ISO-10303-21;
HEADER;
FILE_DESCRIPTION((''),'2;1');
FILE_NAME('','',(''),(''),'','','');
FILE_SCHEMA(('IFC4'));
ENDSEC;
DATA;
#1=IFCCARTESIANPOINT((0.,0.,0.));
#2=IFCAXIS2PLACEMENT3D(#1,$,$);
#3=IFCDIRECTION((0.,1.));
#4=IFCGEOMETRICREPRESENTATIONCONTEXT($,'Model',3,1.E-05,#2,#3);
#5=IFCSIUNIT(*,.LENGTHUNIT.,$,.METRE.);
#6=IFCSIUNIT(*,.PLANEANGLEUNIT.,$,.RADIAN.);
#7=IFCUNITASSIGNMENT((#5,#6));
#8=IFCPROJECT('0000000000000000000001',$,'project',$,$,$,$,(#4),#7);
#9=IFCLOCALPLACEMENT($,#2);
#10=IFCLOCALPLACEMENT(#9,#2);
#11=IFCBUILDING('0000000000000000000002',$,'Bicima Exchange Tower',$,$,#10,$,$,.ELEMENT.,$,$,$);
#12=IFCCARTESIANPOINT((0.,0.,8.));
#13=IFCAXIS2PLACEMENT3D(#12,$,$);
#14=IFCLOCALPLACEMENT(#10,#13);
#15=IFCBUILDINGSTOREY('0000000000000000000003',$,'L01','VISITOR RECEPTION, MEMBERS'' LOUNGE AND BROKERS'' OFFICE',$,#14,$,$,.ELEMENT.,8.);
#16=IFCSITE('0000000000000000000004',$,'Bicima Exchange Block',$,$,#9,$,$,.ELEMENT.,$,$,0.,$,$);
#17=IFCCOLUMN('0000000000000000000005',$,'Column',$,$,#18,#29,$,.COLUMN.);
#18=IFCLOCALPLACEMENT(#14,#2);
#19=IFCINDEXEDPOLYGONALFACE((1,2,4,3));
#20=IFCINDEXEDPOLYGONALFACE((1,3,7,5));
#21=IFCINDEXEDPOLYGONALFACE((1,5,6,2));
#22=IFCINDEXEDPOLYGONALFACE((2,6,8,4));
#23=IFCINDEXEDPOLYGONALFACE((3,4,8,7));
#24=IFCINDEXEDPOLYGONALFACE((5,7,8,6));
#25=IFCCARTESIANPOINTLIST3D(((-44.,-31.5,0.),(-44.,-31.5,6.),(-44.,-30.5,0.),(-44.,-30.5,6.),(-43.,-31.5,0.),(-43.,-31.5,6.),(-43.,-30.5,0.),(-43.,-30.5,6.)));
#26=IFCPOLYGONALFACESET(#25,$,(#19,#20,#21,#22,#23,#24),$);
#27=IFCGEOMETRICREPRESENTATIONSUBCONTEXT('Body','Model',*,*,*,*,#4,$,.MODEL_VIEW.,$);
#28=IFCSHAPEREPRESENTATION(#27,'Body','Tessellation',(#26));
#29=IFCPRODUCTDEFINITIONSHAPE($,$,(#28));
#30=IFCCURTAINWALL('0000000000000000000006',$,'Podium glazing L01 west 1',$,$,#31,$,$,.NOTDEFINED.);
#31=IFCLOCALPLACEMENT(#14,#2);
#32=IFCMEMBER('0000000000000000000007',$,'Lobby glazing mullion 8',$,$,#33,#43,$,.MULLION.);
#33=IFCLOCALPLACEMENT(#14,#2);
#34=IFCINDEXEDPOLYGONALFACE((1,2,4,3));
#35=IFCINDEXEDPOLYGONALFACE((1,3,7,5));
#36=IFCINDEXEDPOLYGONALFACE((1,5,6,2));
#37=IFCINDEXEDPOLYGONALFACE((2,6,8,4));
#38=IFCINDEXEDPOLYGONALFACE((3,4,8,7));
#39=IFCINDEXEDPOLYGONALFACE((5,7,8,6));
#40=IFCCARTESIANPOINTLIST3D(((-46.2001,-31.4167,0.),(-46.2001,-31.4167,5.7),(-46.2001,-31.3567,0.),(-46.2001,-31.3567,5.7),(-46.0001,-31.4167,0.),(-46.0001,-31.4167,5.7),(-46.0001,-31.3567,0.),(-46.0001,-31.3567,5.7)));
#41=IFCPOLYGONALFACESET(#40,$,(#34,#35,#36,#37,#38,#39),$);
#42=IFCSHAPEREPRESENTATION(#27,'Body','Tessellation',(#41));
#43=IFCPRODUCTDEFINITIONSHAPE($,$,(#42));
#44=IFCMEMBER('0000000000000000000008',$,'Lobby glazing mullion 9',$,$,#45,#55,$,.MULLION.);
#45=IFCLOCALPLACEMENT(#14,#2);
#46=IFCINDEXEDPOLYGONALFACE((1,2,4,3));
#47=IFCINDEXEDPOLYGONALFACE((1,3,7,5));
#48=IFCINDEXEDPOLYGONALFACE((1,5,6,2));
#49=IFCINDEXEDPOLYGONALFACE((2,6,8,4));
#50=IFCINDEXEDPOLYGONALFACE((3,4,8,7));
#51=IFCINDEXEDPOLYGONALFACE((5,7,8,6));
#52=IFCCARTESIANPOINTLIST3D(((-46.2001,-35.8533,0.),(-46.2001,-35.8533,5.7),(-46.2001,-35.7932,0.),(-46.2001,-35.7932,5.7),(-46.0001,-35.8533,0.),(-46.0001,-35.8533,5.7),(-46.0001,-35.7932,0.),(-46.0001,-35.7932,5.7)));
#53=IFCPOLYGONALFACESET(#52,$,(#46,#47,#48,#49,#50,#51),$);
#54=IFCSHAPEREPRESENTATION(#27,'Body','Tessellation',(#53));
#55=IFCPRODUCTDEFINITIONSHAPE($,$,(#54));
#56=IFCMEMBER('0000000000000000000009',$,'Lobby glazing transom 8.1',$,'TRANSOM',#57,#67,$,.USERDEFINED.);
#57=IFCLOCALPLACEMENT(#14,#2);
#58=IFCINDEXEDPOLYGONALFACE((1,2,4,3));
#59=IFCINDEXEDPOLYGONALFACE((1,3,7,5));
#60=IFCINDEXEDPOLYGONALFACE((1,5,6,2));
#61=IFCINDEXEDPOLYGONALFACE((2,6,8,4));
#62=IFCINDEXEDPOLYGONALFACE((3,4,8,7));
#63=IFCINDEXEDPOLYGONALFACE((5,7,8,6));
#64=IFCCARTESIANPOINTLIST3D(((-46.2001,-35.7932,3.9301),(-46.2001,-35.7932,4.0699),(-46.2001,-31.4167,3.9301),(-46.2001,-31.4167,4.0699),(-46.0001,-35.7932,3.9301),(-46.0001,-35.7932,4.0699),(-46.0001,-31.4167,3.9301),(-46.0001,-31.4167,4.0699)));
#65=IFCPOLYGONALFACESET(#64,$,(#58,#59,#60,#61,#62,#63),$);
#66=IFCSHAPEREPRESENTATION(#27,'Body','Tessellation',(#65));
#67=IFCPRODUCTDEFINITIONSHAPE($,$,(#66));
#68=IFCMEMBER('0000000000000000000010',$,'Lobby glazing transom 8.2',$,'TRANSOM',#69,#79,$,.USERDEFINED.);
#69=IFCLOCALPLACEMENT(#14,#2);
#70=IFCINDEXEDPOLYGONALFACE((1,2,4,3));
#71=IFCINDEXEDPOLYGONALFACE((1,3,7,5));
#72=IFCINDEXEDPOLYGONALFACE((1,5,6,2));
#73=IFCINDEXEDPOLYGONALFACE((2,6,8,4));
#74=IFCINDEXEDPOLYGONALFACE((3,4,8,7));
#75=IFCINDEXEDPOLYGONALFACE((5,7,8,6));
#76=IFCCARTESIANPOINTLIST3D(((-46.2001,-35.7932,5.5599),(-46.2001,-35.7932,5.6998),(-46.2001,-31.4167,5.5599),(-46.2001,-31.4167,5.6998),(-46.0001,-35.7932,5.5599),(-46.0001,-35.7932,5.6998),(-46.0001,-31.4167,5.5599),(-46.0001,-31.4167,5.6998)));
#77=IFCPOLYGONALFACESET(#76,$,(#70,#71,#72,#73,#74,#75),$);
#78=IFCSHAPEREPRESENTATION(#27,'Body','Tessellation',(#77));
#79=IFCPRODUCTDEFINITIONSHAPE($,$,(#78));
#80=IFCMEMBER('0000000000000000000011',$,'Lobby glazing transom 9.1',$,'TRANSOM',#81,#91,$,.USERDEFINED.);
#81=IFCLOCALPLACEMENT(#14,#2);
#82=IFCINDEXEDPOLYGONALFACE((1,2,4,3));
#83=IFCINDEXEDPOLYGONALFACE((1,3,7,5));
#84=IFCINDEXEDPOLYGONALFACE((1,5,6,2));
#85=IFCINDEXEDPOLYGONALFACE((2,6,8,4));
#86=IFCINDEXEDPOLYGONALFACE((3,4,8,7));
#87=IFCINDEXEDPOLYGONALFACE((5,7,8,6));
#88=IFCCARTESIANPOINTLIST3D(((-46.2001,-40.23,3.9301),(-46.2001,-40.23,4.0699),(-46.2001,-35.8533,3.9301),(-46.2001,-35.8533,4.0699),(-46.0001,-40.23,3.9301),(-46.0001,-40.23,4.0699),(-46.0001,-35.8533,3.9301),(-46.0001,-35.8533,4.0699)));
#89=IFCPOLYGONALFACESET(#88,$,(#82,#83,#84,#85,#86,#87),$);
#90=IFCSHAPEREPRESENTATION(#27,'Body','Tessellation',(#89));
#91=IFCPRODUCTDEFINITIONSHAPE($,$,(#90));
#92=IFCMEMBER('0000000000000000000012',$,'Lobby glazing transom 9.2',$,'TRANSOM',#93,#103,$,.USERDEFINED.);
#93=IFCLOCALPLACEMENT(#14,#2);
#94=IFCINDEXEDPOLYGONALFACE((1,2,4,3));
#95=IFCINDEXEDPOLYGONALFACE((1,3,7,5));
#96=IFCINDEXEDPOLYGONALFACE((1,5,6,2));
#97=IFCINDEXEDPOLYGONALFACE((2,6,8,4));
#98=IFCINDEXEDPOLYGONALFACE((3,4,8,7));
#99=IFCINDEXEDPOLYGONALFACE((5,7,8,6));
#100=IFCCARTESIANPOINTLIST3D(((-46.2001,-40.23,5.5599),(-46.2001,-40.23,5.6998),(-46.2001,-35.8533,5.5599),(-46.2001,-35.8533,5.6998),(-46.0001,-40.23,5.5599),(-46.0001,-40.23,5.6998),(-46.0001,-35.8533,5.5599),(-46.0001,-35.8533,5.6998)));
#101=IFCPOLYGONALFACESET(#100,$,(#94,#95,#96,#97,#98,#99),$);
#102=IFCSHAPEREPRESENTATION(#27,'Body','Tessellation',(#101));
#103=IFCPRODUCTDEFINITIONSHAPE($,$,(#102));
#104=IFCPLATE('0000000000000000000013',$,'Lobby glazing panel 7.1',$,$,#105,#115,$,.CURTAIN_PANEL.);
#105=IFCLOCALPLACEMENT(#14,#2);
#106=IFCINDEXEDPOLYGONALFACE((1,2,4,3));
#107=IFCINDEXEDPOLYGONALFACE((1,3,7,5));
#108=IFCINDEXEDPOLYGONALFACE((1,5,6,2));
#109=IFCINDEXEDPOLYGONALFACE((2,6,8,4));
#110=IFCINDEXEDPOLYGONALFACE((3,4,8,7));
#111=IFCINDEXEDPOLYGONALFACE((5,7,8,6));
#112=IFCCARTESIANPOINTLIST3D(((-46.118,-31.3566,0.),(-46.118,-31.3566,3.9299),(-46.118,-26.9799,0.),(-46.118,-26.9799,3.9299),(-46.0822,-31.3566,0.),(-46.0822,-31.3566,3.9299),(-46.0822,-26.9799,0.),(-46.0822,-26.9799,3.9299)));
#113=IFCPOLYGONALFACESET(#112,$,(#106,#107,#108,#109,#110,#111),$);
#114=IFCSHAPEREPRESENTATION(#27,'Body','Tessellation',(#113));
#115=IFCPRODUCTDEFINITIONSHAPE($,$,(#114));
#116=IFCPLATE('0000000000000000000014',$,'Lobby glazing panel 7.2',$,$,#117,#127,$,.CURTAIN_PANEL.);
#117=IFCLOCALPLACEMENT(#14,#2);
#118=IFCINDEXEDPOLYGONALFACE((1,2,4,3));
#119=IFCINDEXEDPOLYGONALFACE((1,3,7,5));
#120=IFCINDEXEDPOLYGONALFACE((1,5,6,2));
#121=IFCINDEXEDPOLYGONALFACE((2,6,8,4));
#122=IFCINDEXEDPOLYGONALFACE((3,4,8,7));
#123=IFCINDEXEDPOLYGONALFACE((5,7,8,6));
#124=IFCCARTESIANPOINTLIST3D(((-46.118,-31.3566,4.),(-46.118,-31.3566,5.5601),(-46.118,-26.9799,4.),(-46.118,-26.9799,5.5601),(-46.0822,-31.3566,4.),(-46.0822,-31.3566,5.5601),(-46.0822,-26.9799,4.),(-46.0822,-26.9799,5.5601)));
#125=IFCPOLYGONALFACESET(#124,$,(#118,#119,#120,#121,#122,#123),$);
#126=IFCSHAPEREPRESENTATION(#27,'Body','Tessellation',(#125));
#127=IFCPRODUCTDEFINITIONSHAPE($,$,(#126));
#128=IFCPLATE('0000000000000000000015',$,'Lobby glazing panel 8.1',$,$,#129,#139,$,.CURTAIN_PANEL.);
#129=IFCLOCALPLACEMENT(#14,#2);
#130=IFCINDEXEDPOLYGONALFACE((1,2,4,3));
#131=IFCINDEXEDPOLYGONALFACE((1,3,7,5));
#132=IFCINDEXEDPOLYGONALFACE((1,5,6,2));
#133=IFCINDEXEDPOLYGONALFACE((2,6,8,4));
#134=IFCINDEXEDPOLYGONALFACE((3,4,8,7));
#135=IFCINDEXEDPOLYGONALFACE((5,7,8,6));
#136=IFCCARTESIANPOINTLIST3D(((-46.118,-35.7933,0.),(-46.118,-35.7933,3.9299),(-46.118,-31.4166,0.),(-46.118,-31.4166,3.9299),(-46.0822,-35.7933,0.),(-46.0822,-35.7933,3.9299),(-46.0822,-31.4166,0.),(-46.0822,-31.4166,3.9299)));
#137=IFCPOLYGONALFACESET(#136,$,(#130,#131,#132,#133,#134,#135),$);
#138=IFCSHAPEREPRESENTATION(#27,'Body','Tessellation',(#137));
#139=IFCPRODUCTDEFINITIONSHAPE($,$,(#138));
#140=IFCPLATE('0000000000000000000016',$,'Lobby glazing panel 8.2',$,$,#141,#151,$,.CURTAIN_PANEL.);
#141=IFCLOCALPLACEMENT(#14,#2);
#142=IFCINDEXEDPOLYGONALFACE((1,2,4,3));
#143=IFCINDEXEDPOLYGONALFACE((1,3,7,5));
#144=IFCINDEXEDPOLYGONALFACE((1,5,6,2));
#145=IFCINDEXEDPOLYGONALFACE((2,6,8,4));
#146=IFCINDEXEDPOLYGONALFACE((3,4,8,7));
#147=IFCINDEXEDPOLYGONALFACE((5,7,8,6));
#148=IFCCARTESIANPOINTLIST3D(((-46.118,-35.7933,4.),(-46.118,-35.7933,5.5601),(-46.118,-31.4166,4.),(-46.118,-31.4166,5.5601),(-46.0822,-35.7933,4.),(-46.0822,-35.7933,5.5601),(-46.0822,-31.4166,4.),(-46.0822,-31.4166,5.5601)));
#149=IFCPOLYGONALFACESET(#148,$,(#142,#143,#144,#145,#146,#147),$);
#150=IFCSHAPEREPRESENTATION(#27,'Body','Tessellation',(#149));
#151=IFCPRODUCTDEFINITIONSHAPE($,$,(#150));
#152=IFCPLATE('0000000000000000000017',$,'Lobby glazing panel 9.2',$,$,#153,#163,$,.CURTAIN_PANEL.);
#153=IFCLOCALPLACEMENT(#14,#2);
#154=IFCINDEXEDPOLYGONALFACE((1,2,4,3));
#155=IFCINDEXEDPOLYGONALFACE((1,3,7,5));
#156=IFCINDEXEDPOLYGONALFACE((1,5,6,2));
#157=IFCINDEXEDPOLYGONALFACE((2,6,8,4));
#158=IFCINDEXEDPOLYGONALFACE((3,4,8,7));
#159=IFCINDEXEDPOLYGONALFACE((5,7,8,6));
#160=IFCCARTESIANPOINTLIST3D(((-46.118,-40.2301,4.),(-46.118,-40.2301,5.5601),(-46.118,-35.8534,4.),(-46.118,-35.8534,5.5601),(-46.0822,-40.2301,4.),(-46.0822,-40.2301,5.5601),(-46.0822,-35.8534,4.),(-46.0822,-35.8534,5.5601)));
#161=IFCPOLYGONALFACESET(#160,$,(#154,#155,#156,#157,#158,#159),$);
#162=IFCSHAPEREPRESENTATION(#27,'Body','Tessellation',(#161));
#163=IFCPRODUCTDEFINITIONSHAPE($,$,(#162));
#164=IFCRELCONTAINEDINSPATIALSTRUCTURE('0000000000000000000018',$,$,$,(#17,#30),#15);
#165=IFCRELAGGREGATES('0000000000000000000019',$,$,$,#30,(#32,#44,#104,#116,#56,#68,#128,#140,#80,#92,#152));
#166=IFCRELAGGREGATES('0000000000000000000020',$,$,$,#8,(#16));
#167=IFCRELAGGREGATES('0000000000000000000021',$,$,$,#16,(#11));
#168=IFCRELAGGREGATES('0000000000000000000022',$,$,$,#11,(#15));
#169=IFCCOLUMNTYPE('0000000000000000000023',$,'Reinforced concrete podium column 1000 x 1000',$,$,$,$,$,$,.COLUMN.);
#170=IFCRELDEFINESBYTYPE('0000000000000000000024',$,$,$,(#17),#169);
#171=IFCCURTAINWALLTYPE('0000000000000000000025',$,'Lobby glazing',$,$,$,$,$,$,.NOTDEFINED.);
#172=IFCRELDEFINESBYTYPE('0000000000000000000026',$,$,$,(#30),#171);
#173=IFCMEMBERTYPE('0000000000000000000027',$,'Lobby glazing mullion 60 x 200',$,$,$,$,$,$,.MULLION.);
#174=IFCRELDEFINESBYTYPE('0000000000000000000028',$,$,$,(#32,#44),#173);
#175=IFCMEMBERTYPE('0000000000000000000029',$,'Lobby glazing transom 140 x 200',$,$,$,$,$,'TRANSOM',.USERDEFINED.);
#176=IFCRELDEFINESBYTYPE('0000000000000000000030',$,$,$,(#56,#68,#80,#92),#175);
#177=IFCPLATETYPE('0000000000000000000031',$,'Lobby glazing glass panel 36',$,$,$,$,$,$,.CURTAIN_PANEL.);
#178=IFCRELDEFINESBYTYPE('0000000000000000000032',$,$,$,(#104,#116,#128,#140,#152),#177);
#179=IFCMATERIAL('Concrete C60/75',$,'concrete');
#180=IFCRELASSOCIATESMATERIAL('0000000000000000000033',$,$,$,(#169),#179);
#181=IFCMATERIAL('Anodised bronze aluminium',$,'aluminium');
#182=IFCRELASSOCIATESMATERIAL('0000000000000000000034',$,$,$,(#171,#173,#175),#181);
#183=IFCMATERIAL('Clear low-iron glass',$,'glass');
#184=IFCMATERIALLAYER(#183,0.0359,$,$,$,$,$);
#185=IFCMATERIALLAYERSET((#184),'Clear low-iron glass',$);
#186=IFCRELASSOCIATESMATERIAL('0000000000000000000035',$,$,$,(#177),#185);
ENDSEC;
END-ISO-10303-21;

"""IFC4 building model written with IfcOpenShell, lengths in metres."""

from ifc_helpers import new_model, si_unit, direction, frame, origin, origin_2d, place, context, subcontext, project, spatial, rectangle, extrude, material, layer, layer_set, material_profile, profile_set, type_object, element, aggregate, save


model = new_model("IFC4")

# Units and contexts
model_context = context("Model", 3, precision=1e-05, world=origin(), true_north=direction((0.0, 1.0)))
body_context = subcontext(model_context, "Body", "Model", "MODEL_VIEW")
ifc_project = project(units=[si_unit("LENGTHUNIT", "METRE"), si_unit("PLANEANGLEUNIT", "RADIAN")], contexts=[model_context])

# Site, building, storey
site_placement = place(None, origin())
site = spatial("IfcSite", under=ifc_project, at=site_placement, Name="Bicima Exchange Block", CompositionType="ELEMENT", RefElevation=0.0)
building_placement = place(site_placement, origin())
building = spatial("IfcBuilding", under=site, at=building_placement, Name="Bicima Exchange Tower", CompositionType="ELEMENT")
storey_placement = place(building_placement, frame((0.0, 0.0, 8.0)))
storey = spatial("IfcBuildingStorey", under=building, at=storey_placement, Name="L01", Description="VISITOR RECEPTION, MEMBERS' LOUNGE AND BROKERS' OFFICE", CompositionType="ELEMENT", Elevation=8.0)

# Column
ifc_material_1 = material(Name="Concrete C60/75", Category="concrete")
ifc_material_profile_1 = material_profile(ifc_material_1, rectangle(XDim=1.0, YDim=1.0, at=origin_2d()))
ifc_profile_set_1 = profile_set([ifc_material_profile_1], Name="Concrete C60/75")
column_type = type_object("IfcColumnType", Name="Reinforced concrete podium column 1000 x 1000", PredefinedType="COLUMN", material=ifc_profile_set_1)
column_placement = place(storey_placement, frame((-43.5, -31.0, 0.0), z_axis=(0.0, 0.0, 1.0), x_axis=(1.0, 0.0, 0.0)))
element("IfcColumn", 1, at=column_placement, inside=storey, type_object=column_type, Name="Column", PredefinedType="COLUMN", context=body_context, shape_type="SweptSolid", body=[
    extrude(rectangle(XDim=1.0, YDim=1.0, at=origin_2d()), origin(), (0.0, 0.0, 1.0), 6.0),
])

# Curtain wall, members, plates
ifc_material_2 = material(Name="Anodised bronze aluminium", Category="aluminium")
curtain_wall_type = type_object("IfcCurtainWallType", Name="Lobby glazing", PredefinedType="NOTDEFINED", material=ifc_material_2)
curtain_wall_placement = place(storey_placement, origin())
curtain_wall = element("IfcCurtainWall", 2, at=curtain_wall_placement, inside=storey, type_object=curtain_wall_type, Name="Podium glazing L01 west 1", PredefinedType="NOTDEFINED")
ifc_material_profile_2 = material_profile(ifc_material_2, rectangle(XDim=0.2, YDim=0.0601, at=origin_2d()))
ifc_profile_set_2 = profile_set([ifc_material_profile_2], Name="Anodised bronze aluminium")
member_type_1 = type_object("IfcMemberType", Name="Lobby glazing mullion 60 x 200", PredefinedType="MULLION", material=ifc_profile_set_2)
member_1_placement = place(storey_placement, frame((-46.1001, -31.3867, 0.0), z_axis=(0.0, 0.0, 1.0), x_axis=(1.0, 0.0, 0.0)))
member_1 = element("IfcMember", 3, at=member_1_placement, type_object=member_type_1, Name="Lobby glazing mullion 8", PredefinedType="MULLION", context=body_context, shape_type="SweptSolid", body=[
    extrude(rectangle(XDim=0.2, YDim=0.0601, at=origin_2d()), origin(), (0.0, 0.0, 1.0), 5.7),
])
member_2_placement = place(storey_placement, frame((-46.1001, -35.8232, 0.0), z_axis=(0.0, 0.0, 1.0), x_axis=(1.0, 0.0, 0.0)))
member_2 = element("IfcMember", 4, at=member_2_placement, type_object=member_type_1, Name="Lobby glazing mullion 9", PredefinedType="MULLION", context=body_context, shape_type="SweptSolid", body=[
    extrude(rectangle(XDim=0.2, YDim=0.0601, at=origin_2d()), origin(), (0.0, 0.0, 1.0), 5.7),
])
ifc_material_profile_3 = material_profile(ifc_material_2, rectangle(XDim=0.2, YDim=0.1399, at=origin_2d()))
ifc_profile_set_3 = profile_set([ifc_material_profile_3], Name="Anodised bronze aluminium")
member_type_2 = type_object("IfcMemberType", Name="Lobby glazing transom 140 x 200", ElementType="TRANSOM", PredefinedType="USERDEFINED", material=ifc_profile_set_3)
member_3_placement = place(storey_placement, frame((-46.1001, -31.4167, 4.0), z_axis=(0.0, -1.0, 0.0), x_axis=(1.0, 0.0, 0.0)))
member_3 = element("IfcMember", 5, at=member_3_placement, type_object=member_type_2, Name="Lobby glazing transom 8.1", ObjectType="TRANSOM", PredefinedType="USERDEFINED", context=body_context, shape_type="SweptSolid", body=[
    extrude(rectangle(XDim=0.2, YDim=0.1399, at=origin_2d()), origin(), (0.0, 0.0, 1.0), 4.3765),
])
member_4_placement = place(storey_placement, frame((-46.1001, -31.4167, 5.6299), z_axis=(0.0, -1.0, 0.0), x_axis=(1.0, 0.0, 0.0)))
member_4 = element("IfcMember", 6, at=member_4_placement, type_object=member_type_2, Name="Lobby glazing transom 8.2", ObjectType="TRANSOM", PredefinedType="USERDEFINED", context=body_context, shape_type="SweptSolid", body=[
    extrude(rectangle(XDim=0.2, YDim=0.1399, at=origin_2d()), origin(), (0.0, 0.0, 1.0), 4.3765),
])
member_5_placement = place(storey_placement, frame((-46.1001, -35.8533, 4.0), z_axis=(0.0, -1.0, 0.0), x_axis=(1.0, 0.0, 0.0)))
member_5 = element("IfcMember", 7, at=member_5_placement, type_object=member_type_2, Name="Lobby glazing transom 9.1", ObjectType="TRANSOM", PredefinedType="USERDEFINED", context=body_context, shape_type="SweptSolid", body=[
    extrude(rectangle(XDim=0.2, YDim=0.1399, at=origin_2d()), origin(), (0.0, 0.0, 1.0), 4.3767),
])
member_6_placement = place(storey_placement, frame((-46.1001, -35.8533, 5.6299), z_axis=(0.0, -1.0, 0.0), x_axis=(1.0, 0.0, 0.0)))
member_6 = element("IfcMember", 8, at=member_6_placement, type_object=member_type_2, Name="Lobby glazing transom 9.2", ObjectType="TRANSOM", PredefinedType="USERDEFINED", context=body_context, shape_type="SweptSolid", body=[
    extrude(rectangle(XDim=0.2, YDim=0.1399, at=origin_2d()), origin(), (0.0, 0.0, 1.0), 4.3767),
])
ifc_material_3 = material(Name="Clear low-iron glass", Category="glass")
ifc_layer_1 = layer(ifc_material_3, 0.0359)
ifc_layer_set_1 = layer_set([ifc_layer_1], Name="Clear low-iron glass")
plate_type = type_object("IfcPlateType", Name="Lobby glazing glass panel 36", PredefinedType="CURTAIN_PANEL", material=ifc_layer_set_1)
plate_1_placement = place(storey_placement, frame((-46.1001, -29.1682, 0.0), z_axis=(0.0, 0.0, 1.0), x_axis=(0.0, -1.0, 0.0)))
plate_1 = element("IfcPlate", 9, at=plate_1_placement, type_object=plate_type, Name="Lobby glazing panel 7.1", PredefinedType="CURTAIN_PANEL", context=body_context, shape_type="SweptSolid", body=[
    extrude(rectangle(XDim=4.3767, YDim=0.0359, at=origin_2d()), origin(), (0.0, 0.0, 1.0), 3.9299),
])
plate_2_placement = place(storey_placement, frame((-46.1001, -29.1682, 4.0), z_axis=(0.0, 0.0, 1.0), x_axis=(0.0, -1.0, 0.0)))
plate_2 = element("IfcPlate", 10, at=plate_2_placement, type_object=plate_type, Name="Lobby glazing panel 7.2", PredefinedType="CURTAIN_PANEL", context=body_context, shape_type="SweptSolid", body=[
    extrude(rectangle(XDim=4.3767, YDim=0.0359, at=origin_2d()), origin(), (0.0, 0.0, 1.0), 1.5601),
])
plate_3_placement = place(storey_placement, frame((-46.1001, -33.605, 0.0), z_axis=(0.0, 0.0, 1.0), x_axis=(0.0, -1.0, 0.0)))
plate_3 = element("IfcPlate", 11, at=plate_3_placement, type_object=plate_type, Name="Lobby glazing panel 8.1", PredefinedType="CURTAIN_PANEL", context=body_context, shape_type="SweptSolid", body=[
    extrude(rectangle(XDim=4.3767, YDim=0.0359, at=origin_2d()), origin(), (0.0, 0.0, 1.0), 3.9299),
])
plate_4_placement = place(storey_placement, frame((-46.1001, -33.605, 4.0), z_axis=(0.0, 0.0, 1.0), x_axis=(0.0, -1.0, 0.0)))
plate_4 = element("IfcPlate", 12, at=plate_4_placement, type_object=plate_type, Name="Lobby glazing panel 8.2", PredefinedType="CURTAIN_PANEL", context=body_context, shape_type="SweptSolid", body=[
    extrude(rectangle(XDim=4.3767, YDim=0.0359, at=origin_2d()), origin(), (0.0, 0.0, 1.0), 1.5601),
])
plate_5_placement = place(storey_placement, frame((-46.1001, -38.0417, 4.0), z_axis=(0.0, 0.0, 1.0), x_axis=(0.0, -1.0, 0.0)))
plate_5 = element("IfcPlate", 13, at=plate_5_placement, type_object=plate_type, Name="Lobby glazing panel 9.2", PredefinedType="CURTAIN_PANEL", context=body_context, shape_type="SweptSolid", body=[
    extrude(rectangle(XDim=4.3767, YDim=0.0359, at=origin_2d()), origin(), (0.0, 0.0, 1.0), 1.5601),
])
aggregate(curtain_wall, [member_1, member_2, plate_1, plate_2, member_3, member_4, plate_3, plate_4, member_5, member_6, plate_5])

save(model, "model.ifc")
